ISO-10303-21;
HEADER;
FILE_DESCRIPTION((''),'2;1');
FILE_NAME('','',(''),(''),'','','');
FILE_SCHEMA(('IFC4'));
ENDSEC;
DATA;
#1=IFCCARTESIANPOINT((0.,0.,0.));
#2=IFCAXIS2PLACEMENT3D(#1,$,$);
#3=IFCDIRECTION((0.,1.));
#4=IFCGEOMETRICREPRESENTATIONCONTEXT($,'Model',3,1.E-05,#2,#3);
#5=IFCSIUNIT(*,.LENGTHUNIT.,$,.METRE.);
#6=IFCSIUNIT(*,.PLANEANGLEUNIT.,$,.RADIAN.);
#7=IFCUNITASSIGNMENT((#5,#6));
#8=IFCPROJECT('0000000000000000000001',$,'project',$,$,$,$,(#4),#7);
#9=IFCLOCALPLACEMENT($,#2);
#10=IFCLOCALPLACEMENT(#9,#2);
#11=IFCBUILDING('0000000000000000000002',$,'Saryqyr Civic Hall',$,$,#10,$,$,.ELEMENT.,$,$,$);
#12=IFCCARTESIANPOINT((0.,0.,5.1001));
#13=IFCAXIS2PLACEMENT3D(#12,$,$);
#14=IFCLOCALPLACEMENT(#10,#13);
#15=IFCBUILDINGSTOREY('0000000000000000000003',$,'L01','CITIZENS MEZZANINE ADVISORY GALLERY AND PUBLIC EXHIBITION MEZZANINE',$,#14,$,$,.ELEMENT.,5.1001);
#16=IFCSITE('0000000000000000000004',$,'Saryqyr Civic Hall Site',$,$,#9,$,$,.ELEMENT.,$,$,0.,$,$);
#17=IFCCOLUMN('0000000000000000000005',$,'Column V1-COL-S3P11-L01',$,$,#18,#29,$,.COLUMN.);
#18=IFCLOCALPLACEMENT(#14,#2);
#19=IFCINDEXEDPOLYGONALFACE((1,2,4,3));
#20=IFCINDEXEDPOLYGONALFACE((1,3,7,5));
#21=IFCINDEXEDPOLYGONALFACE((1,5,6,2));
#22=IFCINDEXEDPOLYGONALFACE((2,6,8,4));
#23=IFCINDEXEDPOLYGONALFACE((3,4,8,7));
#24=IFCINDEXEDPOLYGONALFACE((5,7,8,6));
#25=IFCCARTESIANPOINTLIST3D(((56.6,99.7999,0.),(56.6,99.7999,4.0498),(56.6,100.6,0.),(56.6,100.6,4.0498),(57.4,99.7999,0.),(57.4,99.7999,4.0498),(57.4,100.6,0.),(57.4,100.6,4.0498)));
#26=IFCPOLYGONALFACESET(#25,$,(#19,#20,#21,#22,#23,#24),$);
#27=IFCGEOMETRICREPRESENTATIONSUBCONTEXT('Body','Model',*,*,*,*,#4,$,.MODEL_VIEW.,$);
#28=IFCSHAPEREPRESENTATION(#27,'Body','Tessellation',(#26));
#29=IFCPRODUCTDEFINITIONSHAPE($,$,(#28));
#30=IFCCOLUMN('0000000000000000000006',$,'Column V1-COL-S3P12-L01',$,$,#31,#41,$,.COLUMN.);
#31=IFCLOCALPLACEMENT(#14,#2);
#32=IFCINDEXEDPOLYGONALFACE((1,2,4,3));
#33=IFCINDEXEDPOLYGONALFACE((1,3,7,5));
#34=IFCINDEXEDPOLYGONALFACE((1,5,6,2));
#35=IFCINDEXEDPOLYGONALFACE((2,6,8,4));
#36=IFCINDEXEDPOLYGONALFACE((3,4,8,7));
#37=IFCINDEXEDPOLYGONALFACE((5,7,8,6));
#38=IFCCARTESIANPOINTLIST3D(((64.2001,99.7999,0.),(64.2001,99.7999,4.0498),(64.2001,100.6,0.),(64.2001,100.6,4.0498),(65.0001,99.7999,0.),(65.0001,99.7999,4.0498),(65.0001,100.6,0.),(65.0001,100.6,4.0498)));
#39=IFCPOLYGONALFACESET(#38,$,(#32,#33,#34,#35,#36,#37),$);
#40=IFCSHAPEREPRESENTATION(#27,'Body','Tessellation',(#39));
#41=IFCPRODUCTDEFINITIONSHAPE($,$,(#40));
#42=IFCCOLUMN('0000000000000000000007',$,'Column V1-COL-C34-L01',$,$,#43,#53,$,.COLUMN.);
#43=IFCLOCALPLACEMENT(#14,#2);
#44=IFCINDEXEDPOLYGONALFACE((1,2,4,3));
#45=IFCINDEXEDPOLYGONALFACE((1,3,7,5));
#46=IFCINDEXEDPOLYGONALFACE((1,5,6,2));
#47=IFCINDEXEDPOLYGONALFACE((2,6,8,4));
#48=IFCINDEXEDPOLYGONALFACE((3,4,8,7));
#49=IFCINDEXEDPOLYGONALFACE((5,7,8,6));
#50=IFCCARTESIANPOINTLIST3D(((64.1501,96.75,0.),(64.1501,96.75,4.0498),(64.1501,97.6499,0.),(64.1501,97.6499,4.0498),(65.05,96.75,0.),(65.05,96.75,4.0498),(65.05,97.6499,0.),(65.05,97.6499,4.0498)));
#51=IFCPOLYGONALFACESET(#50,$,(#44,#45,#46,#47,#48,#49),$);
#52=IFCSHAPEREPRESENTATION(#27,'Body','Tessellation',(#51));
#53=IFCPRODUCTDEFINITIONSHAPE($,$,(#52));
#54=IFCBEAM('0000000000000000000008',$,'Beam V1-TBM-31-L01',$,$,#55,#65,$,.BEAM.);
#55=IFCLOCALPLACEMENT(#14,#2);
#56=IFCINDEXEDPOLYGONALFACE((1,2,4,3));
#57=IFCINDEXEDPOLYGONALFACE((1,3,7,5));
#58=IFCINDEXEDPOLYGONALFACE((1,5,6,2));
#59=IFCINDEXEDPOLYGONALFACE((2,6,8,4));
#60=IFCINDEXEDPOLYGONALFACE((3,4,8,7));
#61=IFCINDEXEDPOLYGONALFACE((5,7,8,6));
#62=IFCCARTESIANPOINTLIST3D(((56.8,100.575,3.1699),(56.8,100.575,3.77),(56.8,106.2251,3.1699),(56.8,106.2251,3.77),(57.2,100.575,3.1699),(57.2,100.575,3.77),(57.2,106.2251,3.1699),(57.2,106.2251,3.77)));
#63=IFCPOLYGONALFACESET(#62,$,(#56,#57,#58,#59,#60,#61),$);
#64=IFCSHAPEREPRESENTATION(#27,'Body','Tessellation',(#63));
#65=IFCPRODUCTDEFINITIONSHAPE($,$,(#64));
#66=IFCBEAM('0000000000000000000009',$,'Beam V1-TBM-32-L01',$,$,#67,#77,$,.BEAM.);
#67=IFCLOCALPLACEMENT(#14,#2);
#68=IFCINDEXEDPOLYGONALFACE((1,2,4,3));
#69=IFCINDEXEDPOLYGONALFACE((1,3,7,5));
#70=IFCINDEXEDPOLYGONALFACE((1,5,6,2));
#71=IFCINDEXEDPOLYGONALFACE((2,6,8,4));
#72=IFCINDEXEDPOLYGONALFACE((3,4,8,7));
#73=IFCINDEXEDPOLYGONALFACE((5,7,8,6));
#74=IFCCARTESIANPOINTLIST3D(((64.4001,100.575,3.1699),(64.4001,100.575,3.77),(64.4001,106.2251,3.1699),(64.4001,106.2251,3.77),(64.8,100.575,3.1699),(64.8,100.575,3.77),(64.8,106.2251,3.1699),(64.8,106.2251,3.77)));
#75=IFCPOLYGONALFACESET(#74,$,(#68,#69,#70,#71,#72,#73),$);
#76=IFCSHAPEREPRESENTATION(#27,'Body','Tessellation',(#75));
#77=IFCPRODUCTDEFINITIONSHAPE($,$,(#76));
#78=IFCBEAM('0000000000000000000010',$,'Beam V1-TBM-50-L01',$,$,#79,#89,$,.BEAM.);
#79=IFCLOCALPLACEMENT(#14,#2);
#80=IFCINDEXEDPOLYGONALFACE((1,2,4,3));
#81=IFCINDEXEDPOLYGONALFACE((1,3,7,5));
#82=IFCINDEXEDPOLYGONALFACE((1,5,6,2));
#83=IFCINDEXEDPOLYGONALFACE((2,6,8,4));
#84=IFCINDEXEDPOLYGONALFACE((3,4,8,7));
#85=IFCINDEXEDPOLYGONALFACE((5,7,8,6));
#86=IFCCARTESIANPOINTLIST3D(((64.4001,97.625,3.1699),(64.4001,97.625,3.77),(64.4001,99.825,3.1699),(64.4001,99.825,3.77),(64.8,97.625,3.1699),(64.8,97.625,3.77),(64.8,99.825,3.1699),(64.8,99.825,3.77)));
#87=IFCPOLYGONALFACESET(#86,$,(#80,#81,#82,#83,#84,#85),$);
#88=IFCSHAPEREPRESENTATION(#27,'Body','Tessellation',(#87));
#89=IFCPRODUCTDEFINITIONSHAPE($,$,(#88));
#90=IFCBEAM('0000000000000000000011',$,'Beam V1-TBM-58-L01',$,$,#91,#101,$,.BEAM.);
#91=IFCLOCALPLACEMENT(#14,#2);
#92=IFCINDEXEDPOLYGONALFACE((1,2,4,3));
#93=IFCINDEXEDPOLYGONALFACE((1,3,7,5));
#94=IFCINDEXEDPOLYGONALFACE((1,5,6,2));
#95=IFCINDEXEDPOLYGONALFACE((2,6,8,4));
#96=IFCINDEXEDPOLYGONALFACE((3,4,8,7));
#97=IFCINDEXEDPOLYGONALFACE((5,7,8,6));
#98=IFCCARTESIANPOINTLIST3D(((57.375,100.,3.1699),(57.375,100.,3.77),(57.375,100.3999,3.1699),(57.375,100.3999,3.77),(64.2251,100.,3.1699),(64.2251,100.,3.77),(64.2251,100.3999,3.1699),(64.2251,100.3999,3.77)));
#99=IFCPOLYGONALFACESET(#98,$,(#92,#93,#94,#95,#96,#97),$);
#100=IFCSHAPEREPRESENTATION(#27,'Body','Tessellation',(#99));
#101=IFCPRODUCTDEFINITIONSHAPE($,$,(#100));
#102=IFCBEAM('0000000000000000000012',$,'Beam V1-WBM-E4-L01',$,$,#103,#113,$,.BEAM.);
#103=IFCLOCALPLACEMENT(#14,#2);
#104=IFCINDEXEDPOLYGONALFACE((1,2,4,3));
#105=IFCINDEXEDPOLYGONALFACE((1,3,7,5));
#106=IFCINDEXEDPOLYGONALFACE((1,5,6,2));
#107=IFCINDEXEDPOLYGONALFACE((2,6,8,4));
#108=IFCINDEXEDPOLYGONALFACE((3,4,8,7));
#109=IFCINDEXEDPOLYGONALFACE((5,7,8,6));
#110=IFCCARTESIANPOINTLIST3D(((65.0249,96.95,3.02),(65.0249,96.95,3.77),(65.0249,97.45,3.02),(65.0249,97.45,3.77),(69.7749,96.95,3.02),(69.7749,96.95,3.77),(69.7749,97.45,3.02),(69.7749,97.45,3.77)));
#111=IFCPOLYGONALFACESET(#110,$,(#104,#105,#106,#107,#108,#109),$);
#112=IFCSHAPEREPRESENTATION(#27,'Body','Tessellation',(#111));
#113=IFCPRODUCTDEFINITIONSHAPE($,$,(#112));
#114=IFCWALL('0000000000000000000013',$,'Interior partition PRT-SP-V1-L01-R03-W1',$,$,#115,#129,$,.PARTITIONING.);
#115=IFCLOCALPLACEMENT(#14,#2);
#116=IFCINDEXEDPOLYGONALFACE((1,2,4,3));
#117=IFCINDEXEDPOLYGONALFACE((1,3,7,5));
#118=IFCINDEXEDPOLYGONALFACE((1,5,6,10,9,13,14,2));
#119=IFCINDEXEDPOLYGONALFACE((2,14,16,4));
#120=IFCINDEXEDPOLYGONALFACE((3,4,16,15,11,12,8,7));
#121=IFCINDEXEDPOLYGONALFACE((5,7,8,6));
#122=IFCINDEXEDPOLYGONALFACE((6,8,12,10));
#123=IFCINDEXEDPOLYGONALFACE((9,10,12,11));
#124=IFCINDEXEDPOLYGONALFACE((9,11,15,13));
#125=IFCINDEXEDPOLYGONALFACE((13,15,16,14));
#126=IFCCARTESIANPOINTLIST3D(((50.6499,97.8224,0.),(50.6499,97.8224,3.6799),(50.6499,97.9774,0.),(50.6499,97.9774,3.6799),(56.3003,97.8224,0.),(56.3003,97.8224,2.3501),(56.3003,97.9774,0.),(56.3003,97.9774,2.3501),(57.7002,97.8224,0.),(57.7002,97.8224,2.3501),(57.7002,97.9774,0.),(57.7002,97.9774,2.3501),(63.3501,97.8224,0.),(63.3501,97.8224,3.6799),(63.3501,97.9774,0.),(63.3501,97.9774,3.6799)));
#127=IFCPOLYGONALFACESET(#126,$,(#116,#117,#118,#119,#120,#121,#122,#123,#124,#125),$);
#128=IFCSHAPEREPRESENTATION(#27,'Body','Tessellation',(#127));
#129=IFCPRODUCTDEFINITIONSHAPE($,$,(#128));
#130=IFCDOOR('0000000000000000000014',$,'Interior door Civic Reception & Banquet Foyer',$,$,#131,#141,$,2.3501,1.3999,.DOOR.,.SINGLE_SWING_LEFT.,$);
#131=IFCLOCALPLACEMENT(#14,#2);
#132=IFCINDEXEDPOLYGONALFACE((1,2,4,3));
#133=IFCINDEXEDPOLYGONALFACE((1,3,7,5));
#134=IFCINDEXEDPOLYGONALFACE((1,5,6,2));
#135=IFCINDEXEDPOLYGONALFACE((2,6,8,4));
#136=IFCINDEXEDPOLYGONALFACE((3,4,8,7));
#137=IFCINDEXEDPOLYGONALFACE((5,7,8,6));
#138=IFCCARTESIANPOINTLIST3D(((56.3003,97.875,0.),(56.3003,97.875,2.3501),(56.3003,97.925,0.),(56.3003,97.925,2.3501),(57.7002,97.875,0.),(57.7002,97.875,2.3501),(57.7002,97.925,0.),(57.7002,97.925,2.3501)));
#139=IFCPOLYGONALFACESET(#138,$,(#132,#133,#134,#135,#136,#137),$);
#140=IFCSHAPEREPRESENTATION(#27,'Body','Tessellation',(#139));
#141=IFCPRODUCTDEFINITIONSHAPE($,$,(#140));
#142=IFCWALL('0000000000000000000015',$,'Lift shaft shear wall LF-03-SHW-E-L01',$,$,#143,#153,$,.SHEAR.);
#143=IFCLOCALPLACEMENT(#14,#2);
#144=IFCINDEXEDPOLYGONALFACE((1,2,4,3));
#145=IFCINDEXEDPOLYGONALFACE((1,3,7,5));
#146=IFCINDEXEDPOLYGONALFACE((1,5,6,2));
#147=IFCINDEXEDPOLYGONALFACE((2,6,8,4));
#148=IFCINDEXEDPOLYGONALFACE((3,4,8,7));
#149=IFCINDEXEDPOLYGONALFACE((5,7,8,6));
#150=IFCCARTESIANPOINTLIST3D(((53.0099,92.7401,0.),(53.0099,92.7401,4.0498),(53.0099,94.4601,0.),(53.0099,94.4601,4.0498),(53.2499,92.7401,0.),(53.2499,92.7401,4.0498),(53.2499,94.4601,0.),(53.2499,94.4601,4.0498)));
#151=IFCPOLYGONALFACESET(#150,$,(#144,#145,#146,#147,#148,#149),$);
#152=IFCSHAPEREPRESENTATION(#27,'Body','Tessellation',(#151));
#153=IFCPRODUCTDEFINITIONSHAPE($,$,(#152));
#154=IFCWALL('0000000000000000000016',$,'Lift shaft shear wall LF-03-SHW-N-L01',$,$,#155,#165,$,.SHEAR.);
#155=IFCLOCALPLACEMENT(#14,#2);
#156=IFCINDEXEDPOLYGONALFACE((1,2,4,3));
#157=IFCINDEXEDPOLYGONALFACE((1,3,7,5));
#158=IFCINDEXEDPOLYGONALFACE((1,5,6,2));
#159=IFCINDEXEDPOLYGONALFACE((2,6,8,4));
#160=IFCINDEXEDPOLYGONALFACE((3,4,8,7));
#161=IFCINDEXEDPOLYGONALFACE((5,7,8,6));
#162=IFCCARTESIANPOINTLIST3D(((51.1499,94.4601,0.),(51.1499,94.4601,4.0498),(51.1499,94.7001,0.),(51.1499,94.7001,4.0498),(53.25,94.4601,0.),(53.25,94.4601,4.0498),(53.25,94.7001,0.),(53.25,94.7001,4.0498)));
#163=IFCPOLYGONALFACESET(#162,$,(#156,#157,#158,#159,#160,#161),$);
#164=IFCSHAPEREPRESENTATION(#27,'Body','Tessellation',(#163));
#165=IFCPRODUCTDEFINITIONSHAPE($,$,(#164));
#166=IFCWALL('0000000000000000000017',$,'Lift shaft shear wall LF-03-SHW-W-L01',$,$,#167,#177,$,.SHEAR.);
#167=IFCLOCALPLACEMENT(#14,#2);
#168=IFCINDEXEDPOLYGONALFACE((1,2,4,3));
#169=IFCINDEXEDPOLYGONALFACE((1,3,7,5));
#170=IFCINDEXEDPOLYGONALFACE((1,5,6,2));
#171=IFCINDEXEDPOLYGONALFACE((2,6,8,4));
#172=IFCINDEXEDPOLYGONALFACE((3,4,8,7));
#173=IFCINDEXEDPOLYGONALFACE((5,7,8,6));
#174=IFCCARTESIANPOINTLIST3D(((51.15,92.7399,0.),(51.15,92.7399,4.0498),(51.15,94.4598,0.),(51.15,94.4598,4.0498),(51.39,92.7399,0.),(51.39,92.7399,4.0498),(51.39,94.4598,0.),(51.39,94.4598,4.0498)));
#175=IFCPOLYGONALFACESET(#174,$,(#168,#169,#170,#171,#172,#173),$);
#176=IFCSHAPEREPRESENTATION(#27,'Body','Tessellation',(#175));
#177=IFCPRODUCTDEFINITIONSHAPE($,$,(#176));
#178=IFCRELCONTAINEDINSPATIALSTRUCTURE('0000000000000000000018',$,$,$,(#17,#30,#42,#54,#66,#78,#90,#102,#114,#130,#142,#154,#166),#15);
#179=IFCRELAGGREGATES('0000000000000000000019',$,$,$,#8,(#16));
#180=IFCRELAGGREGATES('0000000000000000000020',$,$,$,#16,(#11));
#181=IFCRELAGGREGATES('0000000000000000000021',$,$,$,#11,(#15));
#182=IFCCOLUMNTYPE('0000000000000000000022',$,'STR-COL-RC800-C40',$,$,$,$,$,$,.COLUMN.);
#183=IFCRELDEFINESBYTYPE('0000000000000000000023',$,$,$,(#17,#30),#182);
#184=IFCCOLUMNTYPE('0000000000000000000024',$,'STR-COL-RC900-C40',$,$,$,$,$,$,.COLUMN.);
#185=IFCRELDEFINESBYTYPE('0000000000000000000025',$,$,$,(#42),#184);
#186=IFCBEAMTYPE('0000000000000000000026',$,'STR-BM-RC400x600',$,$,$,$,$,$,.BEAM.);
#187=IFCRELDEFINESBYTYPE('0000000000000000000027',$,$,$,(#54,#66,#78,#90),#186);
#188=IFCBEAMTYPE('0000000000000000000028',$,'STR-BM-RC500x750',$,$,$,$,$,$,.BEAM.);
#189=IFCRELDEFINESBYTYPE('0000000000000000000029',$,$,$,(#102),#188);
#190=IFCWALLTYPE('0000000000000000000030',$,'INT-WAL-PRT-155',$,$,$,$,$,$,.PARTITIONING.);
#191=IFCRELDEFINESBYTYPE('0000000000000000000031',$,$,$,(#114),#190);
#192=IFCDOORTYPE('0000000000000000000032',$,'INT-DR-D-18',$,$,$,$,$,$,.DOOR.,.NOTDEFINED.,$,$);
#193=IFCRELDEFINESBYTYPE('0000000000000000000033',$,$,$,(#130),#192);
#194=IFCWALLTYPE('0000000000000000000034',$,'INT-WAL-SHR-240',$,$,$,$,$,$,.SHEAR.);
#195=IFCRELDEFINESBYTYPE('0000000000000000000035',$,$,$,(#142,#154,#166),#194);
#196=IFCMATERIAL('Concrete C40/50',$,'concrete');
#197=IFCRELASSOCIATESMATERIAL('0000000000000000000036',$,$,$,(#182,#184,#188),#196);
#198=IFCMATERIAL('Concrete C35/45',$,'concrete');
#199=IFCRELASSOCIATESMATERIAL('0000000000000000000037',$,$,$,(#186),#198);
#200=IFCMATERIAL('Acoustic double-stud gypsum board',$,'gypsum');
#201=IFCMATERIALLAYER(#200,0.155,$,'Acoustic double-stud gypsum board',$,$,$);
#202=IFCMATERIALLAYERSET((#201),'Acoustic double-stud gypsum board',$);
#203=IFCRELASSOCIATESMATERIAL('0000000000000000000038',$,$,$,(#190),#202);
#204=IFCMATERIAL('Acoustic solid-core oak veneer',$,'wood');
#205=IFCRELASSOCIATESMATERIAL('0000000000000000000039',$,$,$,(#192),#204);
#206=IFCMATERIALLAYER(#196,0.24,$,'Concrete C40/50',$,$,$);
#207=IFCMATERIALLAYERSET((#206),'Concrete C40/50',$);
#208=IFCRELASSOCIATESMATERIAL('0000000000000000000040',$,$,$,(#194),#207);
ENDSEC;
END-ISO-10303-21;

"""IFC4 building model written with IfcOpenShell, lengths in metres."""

from ifc_helpers import new_model, si_unit, direction, frame, frame_2d, origin, origin_2d, place, context, subcontext, project, spatial, rectangle, extrude, material, layer, layer_set, material_profile, profile_set, type_object, element, fill, save


model = new_model("IFC4")

# Units and contexts
model_context = context("Model", 3, precision=1e-05, world=origin(), true_north=direction((0.0, 1.0)))
body_context = subcontext(model_context, "Body", "Model", "MODEL_VIEW")
ifc_project = project(units=[si_unit("LENGTHUNIT", "METRE"), si_unit("PLANEANGLEUNIT", "RADIAN")], contexts=[model_context])

# Site, building, storey
site_placement = place(None, origin())
site = spatial("IfcSite", under=ifc_project, at=site_placement, Name="Saryqyr Civic Hall Site", CompositionType="ELEMENT", RefElevation=0.0)
building_placement = place(site_placement, origin())
building = spatial("IfcBuilding", under=site, at=building_placement, Name="Saryqyr Civic Hall", CompositionType="ELEMENT")
storey_placement = place(building_placement, frame((0.0, 0.0, 5.1001)))
storey = spatial("IfcBuildingStorey", under=building, at=storey_placement, Name="L01", Description="CITIZENS MEZZANINE ADVISORY GALLERY AND PUBLIC EXHIBITION MEZZANINE", CompositionType="ELEMENT", Elevation=5.1001)

# Columns
ifc_material_1 = material(Name="Concrete C40/50", Category="concrete")
ifc_material_profile_1 = material_profile(ifc_material_1, rectangle(XDim=0.8, YDim=0.8, at=origin_2d()), Name="RC 800x800")
ifc_profile_set_1 = profile_set([ifc_material_profile_1], Name="Concrete C40/50")
column_type_1 = type_object("IfcColumnType", Name="STR-COL-RC800-C40", PredefinedType="COLUMN", material=ifc_profile_set_1)
for number, where, z_axis, x_axis, name in (
    (1, (57.0, 100.2, 0.0), (0.0, 0.0, 1.0), (1.0, 0.0, 0.0), "Column V1-COL-S3P11-L01"),
    (2, (64.6001, 100.2, 0.0), (0.0, 0.0, 1.0), (1.0, 0.0, 0.0), "Column V1-COL-S3P12-L01"),
):
    element("IfcColumn", number, at=place(storey_placement, frame(where, z_axis=z_axis, x_axis=x_axis)), inside=storey, type_object=column_type_1, Name=name, PredefinedType="COLUMN", context=body_context, shape_type="SweptSolid", body=[
        extrude(rectangle(XDim=0.8, YDim=0.8, at=origin_2d()), origin(), (0.0, 0.0, 1.0), 4.0498),
    ])
ifc_material_profile_2 = material_profile(ifc_material_1, rectangle(XDim=0.8999, YDim=0.8999, at=origin_2d()), Name="RC 900x900")
ifc_profile_set_2 = profile_set([ifc_material_profile_2], Name="Concrete C40/50")
column_type_2 = type_object("IfcColumnType", Name="STR-COL-RC900-C40", PredefinedType="COLUMN", material=ifc_profile_set_2)
column_placement = place(storey_placement, frame((64.6001, 97.2, 0.0), z_axis=(0.0, 0.0, 1.0), x_axis=(1.0, 0.0, 0.0)))
element("IfcColumn", 3, at=column_placement, inside=storey, type_object=column_type_2, Name="Column V1-COL-C34-L01", PredefinedType="COLUMN", context=body_context, shape_type="SweptSolid", body=[
    extrude(rectangle(XDim=0.8999, YDim=0.8999, at=origin_2d()), origin(), (0.0, 0.0, 1.0), 4.0498),
])

# Beams
ifc_material_2 = material(Name="Concrete C35/45", Category="concrete")
ifc_material_profile_3 = material_profile(ifc_material_2, rectangle(XDim=0.3999, YDim=0.6001, at=origin_2d()), Name="RC 400x600")
ifc_profile_set_3 = profile_set([ifc_material_profile_3], Name="Concrete C35/45")
beam_type_1 = type_object("IfcBeamType", Name="STR-BM-RC400x600", PredefinedType="BEAM", material=ifc_profile_set_3)
for number, where, z_axis, x_axis, name in (
    (4, (57.0, 100.575, 3.47), (0.0, 1.0, 0.0), (-1.0, 0.0, 0.0), "Beam V1-TBM-31-L01"),
    (5, (64.6001, 100.575, 3.47), (0.0, 1.0, 0.0), (-1.0, 0.0, 0.0), "Beam V1-TBM-32-L01"),
):
    element("IfcBeam", number, at=place(storey_placement, frame(where, z_axis=z_axis, x_axis=x_axis)), inside=storey, type_object=beam_type_1, Name=name, PredefinedType="BEAM", context=body_context, shape_type="SweptSolid", body=[
        extrude(rectangle(XDim=0.3999, YDim=0.6001, at=origin_2d()), origin(), (0.0, 0.0, 1.0), 5.6501),
    ])
beam_1_placement = place(storey_placement, frame((64.6001, 97.625, 3.47), z_axis=(0.0, 1.0, 0.0), x_axis=(-1.0, 0.0, 0.0)))
element("IfcBeam", 6, at=beam_1_placement, inside=storey, type_object=beam_type_1, Name="Beam V1-TBM-50-L01", PredefinedType="BEAM", context=body_context, shape_type="SweptSolid", body=[
    extrude(rectangle(XDim=0.3999, YDim=0.6001, at=origin_2d()), origin(), (0.0, 0.0, 1.0), 2.2),
])
beam_2_placement = place(storey_placement, frame((57.375, 100.2, 3.47), z_axis=(1.0, 0.0, 0.0), x_axis=(0.0, 1.0, 0.0)))
element("IfcBeam", 7, at=beam_2_placement, inside=storey, type_object=beam_type_1, Name="Beam V1-TBM-58-L01", PredefinedType="BEAM", context=body_context, shape_type="SweptSolid", body=[
    extrude(rectangle(XDim=0.3999, YDim=0.6001, at=origin_2d()), origin(), (0.0, 0.0, 1.0), 6.8501),
])
ifc_material_profile_4 = material_profile(ifc_material_1, rectangle(XDim=0.5, YDim=0.75, at=origin_2d()), Name="RC 500x750")
ifc_profile_set_4 = profile_set([ifc_material_profile_4], Name="Concrete C40/50")
beam_type_2 = type_object("IfcBeamType", Name="STR-BM-RC500x750", PredefinedType="BEAM", material=ifc_profile_set_4)
beam_3_placement = place(storey_placement, frame((65.0249, 97.2, 3.395), z_axis=(1.0, 0.0, 0.0), x_axis=(0.0, 1.0, 0.0)))
element("IfcBeam", 8, at=beam_3_placement, inside=storey, type_object=beam_type_2, Name="Beam V1-WBM-E4-L01", PredefinedType="BEAM", context=body_context, shape_type="SweptSolid", body=[
    extrude(rectangle(XDim=0.5, YDim=0.75, at=origin_2d()), origin(), (0.0, 0.0, 1.0), 4.75),
])

# Wall, opening, door
ifc_material_3 = material(Name="Acoustic double-stud gypsum board", Category="gypsum")
ifc_layer_1 = layer(ifc_material_3, 0.155, Name="Acoustic double-stud gypsum board")
ifc_layer_set_1 = layer_set([ifc_layer_1], Name="Acoustic double-stud gypsum board")
wall_type_1 = type_object("IfcWallType", Name="INT-WAL-PRT-155", PredefinedType="PARTITIONING", material=ifc_layer_set_1)
wall_1_placement = place(storey_placement, frame((63.3501, 97.8999, 0.0), z_axis=(0.0, 0.0, 1.0), x_axis=(-1.0, 0.0, 0.0)))
wall_1 = element("IfcWall", 9, at=wall_1_placement, inside=storey, type_object=wall_type_1, Name="Interior partition PRT-SP-V1-L01-R03-W1", PredefinedType="PARTITIONING", context=body_context, shape_type="SweptSolid", body=[
    extrude(rectangle(XDim=12.7002, YDim=0.155, at=frame_2d((6.3501, 0.0))), origin(), (0.0, 0.0, 1.0), 3.6799),
])
opening_1_placement = place(wall_1_placement, frame((5.6499, 0.0, 0.0)))
opening_1 = element("IfcOpeningElement", 10, at=opening_1_placement, cuts=wall_1, PredefinedType="OPENING", context=body_context, shape_type="SweptSolid", body=[
    extrude(rectangle(XDim=1.3999, YDim=2.3501, at=frame_2d((0.7, 1.175))), frame((0.0, 0.0874, 0.0), z_axis=(0.0, -1.0, 0.0), x_axis=(1.0, 0.0, 0.0)), (0.0, 0.0, 1.0), 0.175),
])
ifc_material_4 = material(Name="Acoustic solid-core oak veneer", Category="wood")
door_type_1 = type_object("IfcDoorType", Name="INT-DR-D-18", OperationType="NOTDEFINED", PredefinedType="DOOR", material=ifc_material_4)
door_1_placement = place(opening_1_placement, origin())
door_1 = element("IfcDoor", 11, at=door_1_placement, inside=storey, type_object=door_type_1, Name="Interior door Civic Reception & Banquet Foyer", OperationType="SINGLE_SWING_LEFT", OverallHeight=2.3501, OverallWidth=1.3999, PredefinedType="DOOR", context=body_context, shape_type="SweptSolid", body=[
    extrude(rectangle(XDim=1.3999, YDim=2.3501, at=frame_2d((0.7, 1.175))), frame((0.0, 0.0249, 0.0), z_axis=(0.0, -1.0, 0.0), x_axis=(1.0, 0.0, 0.0)), (0.0, 0.0, 1.0), 0.05),
])
fill(opening_1, door_1)
ifc_layer_2 = layer(ifc_material_1, 0.24, Name="Concrete C40/50")
ifc_layer_set_2 = layer_set([ifc_layer_2], Name="Concrete C40/50")
wall_type_2 = type_object("IfcWallType", Name="INT-WAL-SHR-240", PredefinedType="SHEAR", material=ifc_layer_set_2)

# Walls
wall_2_placement = place(storey_placement, frame((53.1299, 94.46, 0.0), z_axis=(0.0, 0.0, 1.0), x_axis=(0.0, -1.0, 0.0)))
element("IfcWall", 12, at=wall_2_placement, inside=storey, type_object=wall_type_2, Name="Lift shaft shear wall LF-03-SHW-E-L01", PredefinedType="SHEAR", context=body_context, shape_type="SweptSolid", body=[
    extrude(rectangle(XDim=1.72, YDim=0.24, at=frame_2d((0.8599, 0.0))), origin(), (0.0, 0.0, 1.0), 4.0498),
])
wall_3_placement = place(storey_placement, frame((51.1499, 94.5801, 0.0), z_axis=(0.0, 0.0, 1.0), x_axis=(1.0, 0.0, 0.0)))
element("IfcWall", 13, at=wall_3_placement, inside=storey, type_object=wall_type_2, Name="Lift shaft shear wall LF-03-SHW-N-L01", PredefinedType="SHEAR", context=body_context, shape_type="SweptSolid", body=[
    extrude(rectangle(XDim=2.1001, YDim=0.24, at=frame_2d((1.05, 0.0))), origin(), (0.0, 0.0, 1.0), 4.0498),
])
wall_4_placement = place(storey_placement, frame((51.27, 92.74, 0.0), z_axis=(0.0, 0.0, 1.0), x_axis=(0.0, 1.0, 0.0)))
element("IfcWall", 14, at=wall_4_placement, inside=storey, type_object=wall_type_2, Name="Lift shaft shear wall LF-03-SHW-W-L01", PredefinedType="SHEAR", context=body_context, shape_type="SweptSolid", body=[
    extrude(rectangle(XDim=1.72, YDim=0.24, at=frame_2d((0.8599, 0.0))), origin(), (0.0, 0.0, 1.0), 4.0498),
])

save(model, "model.ifc")
